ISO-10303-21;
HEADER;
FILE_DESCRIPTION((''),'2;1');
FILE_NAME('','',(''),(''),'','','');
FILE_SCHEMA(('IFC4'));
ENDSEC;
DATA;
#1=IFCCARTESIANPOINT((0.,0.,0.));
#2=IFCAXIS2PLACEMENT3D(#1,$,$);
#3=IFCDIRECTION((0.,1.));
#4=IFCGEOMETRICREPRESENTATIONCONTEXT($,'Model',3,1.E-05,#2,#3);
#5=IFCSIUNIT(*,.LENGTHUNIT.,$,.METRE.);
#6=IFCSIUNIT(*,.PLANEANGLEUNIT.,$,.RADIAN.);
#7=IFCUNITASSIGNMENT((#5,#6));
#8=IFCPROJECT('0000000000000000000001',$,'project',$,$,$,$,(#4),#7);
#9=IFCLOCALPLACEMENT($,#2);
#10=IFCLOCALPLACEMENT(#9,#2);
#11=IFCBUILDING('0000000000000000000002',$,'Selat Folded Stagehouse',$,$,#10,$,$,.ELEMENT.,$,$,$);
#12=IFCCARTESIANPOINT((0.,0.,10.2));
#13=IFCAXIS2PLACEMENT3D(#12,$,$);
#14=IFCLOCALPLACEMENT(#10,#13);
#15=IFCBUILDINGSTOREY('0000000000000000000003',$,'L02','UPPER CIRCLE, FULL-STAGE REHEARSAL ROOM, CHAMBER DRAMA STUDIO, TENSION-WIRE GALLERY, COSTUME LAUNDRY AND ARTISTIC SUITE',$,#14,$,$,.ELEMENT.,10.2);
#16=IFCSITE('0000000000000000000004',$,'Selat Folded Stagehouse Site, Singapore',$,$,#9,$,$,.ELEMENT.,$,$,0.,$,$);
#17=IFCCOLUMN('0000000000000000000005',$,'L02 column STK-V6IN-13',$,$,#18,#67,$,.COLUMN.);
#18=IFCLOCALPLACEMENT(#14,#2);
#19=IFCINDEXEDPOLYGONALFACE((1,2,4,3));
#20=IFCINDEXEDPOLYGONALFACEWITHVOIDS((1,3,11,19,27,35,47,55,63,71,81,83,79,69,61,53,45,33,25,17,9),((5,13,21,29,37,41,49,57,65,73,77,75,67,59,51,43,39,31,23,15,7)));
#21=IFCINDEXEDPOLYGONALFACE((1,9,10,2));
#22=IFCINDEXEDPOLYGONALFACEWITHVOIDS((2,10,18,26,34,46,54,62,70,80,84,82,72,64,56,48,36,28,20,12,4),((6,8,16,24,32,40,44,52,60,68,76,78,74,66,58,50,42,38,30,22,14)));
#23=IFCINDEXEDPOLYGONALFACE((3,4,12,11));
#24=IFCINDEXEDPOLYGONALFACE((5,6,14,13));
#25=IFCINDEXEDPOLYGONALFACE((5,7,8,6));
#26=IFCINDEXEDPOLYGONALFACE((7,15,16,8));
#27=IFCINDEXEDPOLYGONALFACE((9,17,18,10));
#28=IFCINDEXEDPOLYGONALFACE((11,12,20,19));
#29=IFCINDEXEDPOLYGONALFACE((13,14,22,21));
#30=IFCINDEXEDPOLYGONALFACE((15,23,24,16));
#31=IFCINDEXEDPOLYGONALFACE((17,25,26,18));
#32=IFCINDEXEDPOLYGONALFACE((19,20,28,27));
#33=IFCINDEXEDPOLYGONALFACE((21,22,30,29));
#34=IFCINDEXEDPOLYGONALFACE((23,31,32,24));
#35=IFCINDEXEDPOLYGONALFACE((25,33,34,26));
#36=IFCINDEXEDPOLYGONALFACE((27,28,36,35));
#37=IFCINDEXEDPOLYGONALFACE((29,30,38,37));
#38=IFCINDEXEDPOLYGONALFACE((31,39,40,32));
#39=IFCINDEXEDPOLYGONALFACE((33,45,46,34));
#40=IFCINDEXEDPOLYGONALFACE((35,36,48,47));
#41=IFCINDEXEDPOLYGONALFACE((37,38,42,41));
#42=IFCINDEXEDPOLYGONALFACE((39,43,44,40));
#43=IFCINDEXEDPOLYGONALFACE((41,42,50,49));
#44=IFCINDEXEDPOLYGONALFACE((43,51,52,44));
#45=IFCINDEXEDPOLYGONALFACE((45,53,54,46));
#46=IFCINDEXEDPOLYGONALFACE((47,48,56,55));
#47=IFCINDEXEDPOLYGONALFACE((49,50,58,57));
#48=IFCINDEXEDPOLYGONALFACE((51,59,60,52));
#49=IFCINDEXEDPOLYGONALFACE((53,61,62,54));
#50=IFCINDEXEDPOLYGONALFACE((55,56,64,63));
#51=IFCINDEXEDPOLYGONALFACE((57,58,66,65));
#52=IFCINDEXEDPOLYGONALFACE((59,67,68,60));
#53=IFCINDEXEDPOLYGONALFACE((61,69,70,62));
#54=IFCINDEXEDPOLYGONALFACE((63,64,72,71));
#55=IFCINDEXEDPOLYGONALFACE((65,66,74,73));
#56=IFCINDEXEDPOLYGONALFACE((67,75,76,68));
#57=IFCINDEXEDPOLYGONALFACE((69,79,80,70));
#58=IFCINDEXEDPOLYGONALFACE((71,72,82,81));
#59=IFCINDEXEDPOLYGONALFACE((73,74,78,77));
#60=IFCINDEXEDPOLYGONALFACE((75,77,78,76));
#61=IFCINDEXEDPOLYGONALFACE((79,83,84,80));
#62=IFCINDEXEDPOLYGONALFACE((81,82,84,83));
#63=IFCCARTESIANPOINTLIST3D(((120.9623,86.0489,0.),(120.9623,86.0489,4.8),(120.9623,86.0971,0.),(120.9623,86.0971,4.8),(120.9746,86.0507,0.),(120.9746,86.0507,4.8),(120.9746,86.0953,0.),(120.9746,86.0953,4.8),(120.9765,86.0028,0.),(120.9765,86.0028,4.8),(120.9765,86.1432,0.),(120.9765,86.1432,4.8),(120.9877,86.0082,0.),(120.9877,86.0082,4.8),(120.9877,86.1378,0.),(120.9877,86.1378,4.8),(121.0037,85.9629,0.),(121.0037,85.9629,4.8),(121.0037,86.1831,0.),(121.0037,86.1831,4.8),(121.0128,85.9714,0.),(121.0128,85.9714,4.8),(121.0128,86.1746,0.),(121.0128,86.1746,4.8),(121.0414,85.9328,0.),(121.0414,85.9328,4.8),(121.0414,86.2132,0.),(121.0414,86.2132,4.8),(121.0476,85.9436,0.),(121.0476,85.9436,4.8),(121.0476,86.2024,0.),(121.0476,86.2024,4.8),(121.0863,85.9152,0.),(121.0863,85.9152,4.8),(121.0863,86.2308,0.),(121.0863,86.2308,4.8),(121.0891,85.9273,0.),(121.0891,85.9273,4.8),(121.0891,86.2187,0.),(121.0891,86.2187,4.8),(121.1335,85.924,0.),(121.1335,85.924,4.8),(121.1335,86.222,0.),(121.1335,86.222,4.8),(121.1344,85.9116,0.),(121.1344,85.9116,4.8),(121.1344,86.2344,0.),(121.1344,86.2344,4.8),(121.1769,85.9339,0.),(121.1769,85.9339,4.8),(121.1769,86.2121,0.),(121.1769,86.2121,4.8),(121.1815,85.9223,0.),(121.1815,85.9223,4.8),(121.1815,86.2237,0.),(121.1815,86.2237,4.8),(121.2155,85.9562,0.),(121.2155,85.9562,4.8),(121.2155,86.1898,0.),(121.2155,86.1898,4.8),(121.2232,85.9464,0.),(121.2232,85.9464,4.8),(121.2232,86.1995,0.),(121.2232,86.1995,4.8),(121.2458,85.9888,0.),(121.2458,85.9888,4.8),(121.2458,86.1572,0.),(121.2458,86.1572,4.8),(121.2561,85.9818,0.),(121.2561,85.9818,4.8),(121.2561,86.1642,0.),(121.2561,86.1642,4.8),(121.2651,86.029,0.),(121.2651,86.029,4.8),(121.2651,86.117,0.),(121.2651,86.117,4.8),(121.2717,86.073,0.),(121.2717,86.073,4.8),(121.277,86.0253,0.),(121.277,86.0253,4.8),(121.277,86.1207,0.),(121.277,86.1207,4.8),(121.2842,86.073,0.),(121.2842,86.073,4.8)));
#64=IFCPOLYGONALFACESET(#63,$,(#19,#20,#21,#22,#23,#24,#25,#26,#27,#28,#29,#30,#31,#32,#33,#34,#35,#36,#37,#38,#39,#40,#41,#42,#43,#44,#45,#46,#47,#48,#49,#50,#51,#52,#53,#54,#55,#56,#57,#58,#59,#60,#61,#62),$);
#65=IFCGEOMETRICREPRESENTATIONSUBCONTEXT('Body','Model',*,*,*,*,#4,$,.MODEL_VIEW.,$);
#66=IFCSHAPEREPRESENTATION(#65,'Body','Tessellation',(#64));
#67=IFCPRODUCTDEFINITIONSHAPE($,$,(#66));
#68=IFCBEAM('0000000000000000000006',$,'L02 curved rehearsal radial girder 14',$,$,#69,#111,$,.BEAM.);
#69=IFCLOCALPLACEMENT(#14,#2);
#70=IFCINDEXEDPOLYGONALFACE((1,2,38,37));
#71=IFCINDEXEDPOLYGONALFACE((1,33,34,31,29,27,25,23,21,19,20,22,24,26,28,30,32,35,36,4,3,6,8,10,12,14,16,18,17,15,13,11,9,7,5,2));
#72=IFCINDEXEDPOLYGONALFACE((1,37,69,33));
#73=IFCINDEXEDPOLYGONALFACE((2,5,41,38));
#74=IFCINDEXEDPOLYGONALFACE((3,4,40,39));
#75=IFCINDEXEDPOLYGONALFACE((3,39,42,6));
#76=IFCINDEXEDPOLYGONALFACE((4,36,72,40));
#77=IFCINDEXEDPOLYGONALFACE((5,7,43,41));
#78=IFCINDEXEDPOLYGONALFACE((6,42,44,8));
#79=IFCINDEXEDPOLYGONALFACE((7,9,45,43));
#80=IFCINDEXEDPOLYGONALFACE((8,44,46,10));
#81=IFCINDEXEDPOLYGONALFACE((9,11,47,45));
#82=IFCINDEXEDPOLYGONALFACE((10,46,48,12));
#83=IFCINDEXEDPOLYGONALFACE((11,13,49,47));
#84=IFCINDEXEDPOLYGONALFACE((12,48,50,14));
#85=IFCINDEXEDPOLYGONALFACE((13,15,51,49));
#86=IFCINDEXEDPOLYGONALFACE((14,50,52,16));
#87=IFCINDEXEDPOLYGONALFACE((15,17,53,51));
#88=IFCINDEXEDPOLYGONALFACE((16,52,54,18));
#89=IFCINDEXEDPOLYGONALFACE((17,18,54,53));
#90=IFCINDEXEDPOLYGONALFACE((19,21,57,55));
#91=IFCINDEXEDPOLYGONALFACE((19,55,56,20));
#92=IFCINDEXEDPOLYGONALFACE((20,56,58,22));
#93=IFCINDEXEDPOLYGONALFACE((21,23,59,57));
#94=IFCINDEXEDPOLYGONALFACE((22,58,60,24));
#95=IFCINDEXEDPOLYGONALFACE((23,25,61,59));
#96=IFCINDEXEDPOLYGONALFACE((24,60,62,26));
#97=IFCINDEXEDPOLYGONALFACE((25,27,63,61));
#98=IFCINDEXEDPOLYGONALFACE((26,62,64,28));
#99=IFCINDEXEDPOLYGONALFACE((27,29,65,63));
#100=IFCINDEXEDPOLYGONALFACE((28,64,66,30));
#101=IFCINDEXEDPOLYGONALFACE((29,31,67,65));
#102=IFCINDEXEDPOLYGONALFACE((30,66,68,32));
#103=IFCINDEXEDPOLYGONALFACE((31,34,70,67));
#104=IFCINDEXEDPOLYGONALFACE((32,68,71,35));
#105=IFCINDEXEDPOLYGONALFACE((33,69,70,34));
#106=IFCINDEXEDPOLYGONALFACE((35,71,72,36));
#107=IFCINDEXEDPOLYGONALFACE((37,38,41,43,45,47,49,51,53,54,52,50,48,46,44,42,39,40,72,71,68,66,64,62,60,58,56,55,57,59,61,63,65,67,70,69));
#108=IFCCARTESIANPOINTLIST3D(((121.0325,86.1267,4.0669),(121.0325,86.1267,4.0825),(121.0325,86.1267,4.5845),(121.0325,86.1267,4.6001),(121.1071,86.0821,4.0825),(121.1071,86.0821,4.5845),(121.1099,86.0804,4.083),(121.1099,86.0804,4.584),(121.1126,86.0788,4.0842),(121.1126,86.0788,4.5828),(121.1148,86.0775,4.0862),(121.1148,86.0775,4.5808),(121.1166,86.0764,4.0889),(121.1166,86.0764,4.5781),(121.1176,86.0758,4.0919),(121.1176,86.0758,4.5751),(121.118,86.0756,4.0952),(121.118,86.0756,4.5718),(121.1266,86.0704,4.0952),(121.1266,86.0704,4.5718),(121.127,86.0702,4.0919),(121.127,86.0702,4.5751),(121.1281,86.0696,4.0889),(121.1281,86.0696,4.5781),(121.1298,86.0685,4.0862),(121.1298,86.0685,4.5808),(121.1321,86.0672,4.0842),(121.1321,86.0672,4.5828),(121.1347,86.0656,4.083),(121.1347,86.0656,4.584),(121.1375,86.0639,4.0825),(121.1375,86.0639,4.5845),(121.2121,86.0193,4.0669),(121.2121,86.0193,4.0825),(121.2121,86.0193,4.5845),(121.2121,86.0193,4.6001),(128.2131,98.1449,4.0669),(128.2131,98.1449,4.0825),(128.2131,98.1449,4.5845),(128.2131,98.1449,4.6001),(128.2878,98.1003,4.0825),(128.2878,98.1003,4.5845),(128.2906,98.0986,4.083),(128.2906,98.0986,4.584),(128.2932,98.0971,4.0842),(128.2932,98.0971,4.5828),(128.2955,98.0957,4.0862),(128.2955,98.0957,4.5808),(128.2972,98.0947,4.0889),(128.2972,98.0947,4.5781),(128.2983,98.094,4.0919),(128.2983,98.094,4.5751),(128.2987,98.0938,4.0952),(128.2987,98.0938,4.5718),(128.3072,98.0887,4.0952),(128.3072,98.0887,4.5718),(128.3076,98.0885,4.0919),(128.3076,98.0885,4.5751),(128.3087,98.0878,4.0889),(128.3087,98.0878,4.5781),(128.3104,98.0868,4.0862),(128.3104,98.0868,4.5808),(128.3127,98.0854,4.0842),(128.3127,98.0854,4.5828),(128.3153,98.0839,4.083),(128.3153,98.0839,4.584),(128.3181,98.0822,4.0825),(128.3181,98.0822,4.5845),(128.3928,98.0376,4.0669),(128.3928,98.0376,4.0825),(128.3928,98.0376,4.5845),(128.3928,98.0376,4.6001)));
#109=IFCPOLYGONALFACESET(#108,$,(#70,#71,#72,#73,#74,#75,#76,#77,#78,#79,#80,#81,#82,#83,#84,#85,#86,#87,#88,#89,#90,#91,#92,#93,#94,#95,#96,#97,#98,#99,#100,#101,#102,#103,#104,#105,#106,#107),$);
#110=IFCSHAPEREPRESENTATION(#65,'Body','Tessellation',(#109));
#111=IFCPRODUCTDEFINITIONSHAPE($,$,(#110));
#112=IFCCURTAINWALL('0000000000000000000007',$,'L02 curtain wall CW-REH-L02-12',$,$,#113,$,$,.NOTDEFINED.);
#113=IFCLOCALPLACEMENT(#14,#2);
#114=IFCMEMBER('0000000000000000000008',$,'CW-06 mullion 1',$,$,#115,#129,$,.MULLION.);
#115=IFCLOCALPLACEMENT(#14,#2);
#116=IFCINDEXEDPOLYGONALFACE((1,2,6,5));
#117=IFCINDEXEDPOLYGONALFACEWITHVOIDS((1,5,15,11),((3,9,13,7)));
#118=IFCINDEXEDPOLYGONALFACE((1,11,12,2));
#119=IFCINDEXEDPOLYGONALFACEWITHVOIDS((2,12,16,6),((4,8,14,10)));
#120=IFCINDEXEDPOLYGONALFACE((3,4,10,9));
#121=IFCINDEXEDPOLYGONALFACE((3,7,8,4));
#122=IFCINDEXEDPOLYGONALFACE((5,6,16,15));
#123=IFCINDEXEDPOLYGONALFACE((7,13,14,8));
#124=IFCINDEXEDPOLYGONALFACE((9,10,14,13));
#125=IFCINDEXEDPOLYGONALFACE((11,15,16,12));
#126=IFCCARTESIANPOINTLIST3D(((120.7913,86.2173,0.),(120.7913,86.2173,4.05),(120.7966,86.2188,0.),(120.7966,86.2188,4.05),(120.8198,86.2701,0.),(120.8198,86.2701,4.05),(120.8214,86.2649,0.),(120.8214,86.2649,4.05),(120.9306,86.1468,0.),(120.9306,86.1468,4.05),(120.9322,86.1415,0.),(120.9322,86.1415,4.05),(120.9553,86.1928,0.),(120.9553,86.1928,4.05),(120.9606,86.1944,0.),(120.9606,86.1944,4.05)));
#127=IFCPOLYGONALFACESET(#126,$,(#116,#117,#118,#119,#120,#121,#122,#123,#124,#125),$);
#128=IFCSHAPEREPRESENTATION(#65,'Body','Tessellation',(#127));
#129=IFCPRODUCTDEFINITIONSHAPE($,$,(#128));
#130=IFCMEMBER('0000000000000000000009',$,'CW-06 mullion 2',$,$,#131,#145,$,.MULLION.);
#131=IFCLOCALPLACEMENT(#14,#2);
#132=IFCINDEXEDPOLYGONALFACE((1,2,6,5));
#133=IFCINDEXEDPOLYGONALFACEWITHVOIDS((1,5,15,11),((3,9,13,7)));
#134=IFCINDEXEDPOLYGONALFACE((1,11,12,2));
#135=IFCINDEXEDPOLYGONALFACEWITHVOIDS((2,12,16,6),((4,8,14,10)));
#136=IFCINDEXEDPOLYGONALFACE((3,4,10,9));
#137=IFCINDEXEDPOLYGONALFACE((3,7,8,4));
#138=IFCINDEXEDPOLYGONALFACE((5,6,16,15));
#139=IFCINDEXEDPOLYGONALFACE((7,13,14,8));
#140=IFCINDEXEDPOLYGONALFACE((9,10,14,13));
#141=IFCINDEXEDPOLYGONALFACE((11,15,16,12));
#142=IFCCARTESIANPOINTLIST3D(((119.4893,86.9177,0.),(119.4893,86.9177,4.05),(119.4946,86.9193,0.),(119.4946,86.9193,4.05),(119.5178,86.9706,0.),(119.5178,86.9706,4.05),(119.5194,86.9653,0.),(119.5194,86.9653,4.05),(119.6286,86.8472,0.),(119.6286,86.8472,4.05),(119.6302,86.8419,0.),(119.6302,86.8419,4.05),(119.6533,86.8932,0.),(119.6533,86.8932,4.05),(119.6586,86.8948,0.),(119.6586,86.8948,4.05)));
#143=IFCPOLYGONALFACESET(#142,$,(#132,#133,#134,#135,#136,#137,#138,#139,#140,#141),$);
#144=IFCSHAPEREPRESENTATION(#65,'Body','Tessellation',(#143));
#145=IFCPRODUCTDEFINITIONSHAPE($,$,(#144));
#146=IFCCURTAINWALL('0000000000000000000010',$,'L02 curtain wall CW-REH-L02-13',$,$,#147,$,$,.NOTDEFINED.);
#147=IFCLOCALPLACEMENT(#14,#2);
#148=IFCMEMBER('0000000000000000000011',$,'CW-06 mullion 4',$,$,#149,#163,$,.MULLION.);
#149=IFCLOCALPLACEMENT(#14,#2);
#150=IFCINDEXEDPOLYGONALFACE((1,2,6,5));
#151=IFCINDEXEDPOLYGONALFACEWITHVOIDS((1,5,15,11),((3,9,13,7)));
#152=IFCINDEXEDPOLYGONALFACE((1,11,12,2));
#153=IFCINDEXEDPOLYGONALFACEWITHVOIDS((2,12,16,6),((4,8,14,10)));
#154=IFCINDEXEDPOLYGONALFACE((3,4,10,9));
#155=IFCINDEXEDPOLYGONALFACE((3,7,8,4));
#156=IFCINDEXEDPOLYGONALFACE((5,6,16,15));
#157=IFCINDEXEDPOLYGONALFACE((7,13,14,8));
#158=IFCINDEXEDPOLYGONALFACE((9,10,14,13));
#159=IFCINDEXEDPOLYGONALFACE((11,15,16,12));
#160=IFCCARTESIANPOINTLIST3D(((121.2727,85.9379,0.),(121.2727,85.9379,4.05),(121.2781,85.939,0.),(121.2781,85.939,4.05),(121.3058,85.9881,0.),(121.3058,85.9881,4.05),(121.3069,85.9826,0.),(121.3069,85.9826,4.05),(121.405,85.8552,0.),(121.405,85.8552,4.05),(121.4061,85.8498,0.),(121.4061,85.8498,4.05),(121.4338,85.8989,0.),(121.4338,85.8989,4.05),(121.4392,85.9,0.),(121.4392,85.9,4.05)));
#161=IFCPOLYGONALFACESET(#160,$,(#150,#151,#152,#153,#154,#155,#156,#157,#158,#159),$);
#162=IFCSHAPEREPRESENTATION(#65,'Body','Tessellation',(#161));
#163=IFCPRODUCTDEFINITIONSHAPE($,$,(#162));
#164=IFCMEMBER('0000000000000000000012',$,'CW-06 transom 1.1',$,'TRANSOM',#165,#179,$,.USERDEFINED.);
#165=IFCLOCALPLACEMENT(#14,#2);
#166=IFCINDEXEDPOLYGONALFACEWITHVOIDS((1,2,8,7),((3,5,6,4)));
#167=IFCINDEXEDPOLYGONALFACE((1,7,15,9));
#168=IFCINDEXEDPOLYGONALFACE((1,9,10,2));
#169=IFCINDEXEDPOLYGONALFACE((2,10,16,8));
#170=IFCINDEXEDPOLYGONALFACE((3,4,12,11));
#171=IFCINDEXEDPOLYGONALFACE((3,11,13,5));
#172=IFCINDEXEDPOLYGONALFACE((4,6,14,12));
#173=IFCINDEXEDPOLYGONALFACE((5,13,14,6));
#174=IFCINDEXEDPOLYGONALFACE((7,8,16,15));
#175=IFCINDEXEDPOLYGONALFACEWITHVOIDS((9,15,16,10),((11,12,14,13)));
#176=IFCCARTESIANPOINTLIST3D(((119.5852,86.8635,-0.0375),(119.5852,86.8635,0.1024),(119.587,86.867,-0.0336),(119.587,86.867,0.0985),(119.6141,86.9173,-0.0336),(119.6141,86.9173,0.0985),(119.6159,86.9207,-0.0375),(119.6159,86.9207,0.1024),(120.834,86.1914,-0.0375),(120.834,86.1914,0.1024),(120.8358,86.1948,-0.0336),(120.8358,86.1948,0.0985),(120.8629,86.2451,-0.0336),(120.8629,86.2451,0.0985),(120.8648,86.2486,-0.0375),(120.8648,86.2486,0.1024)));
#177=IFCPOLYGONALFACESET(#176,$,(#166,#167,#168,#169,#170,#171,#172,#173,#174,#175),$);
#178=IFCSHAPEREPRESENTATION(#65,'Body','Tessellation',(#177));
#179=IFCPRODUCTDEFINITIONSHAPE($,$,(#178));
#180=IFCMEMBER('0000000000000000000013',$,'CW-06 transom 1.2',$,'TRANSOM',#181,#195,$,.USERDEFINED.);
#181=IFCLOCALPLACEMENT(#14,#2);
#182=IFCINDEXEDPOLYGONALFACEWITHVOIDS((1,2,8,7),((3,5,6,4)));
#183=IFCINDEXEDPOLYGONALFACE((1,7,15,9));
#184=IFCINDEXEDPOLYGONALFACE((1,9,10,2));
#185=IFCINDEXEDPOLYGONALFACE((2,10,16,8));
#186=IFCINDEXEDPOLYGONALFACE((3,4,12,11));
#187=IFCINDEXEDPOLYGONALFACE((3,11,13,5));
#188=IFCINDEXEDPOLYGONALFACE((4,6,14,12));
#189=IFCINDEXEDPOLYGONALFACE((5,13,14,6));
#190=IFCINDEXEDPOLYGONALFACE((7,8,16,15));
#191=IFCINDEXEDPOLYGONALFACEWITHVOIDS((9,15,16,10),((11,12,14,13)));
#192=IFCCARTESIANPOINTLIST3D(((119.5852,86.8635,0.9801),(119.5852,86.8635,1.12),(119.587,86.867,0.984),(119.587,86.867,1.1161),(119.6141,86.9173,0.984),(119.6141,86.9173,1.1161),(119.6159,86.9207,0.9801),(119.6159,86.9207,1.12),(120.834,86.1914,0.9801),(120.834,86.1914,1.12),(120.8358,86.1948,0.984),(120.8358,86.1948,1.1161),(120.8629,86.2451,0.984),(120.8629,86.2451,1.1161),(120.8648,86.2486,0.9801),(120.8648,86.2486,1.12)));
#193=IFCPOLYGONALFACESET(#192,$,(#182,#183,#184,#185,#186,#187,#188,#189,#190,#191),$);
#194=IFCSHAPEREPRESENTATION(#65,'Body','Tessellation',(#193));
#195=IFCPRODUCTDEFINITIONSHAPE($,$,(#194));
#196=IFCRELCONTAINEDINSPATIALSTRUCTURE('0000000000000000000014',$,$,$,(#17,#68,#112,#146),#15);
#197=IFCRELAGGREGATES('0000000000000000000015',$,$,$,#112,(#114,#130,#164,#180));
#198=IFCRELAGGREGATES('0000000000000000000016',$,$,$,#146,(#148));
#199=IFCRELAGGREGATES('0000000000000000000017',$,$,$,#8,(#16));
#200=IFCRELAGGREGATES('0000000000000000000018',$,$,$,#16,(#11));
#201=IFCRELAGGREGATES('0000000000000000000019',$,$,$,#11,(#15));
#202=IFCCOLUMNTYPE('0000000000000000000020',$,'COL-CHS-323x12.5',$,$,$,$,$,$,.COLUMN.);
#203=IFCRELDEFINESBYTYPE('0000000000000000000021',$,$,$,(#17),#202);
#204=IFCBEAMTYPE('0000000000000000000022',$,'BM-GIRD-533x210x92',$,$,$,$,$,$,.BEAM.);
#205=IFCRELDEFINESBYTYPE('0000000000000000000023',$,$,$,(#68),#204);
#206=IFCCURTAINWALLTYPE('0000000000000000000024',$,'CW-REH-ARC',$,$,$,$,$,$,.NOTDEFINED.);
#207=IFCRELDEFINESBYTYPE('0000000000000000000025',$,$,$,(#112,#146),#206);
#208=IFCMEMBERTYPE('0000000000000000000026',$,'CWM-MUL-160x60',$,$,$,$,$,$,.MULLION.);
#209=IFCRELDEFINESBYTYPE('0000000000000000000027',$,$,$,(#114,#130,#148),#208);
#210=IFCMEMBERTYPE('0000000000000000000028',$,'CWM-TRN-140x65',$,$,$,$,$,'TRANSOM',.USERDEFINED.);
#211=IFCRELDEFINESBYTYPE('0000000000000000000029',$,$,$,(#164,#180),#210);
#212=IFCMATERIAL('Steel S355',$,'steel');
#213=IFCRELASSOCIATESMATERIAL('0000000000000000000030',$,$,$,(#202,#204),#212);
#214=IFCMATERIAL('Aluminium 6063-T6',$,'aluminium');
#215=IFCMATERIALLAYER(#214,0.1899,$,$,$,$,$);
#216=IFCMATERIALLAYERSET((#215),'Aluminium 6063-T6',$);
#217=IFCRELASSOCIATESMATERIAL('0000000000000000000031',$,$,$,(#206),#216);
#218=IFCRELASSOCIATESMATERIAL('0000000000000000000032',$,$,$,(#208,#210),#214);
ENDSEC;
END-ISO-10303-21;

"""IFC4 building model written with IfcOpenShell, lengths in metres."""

from ifc_helpers import new_model, si_unit, direction, frame, origin, origin_2d, place, context, subcontext, project, spatial, hollow_rectangle, hollow_circle, i_section, extrude, material, layer, layer_set, material_profile, profile_set, type_object, element, aggregate, save


model = new_model("IFC4")

# Units and contexts
model_context = context("Model", 3, precision=1e-05, world=origin(), true_north=direction((0.0, 1.0)))
body_context = subcontext(model_context, "Body", "Model", "MODEL_VIEW")
ifc_project = project(units=[si_unit("LENGTHUNIT", "METRE"), si_unit("PLANEANGLEUNIT", "RADIAN")], contexts=[model_context])

# Site, building, storey
site_placement = place(None, origin())
site = spatial("IfcSite", under=ifc_project, at=site_placement, Name="Selat Folded Stagehouse Site, Singapore", CompositionType="ELEMENT", RefElevation=0.0)
building_placement = place(site_placement, origin())
building = spatial("IfcBuilding", under=site, at=building_placement, Name="Selat Folded Stagehouse", CompositionType="ELEMENT")
storey_placement = place(building_placement, frame((0.0, 0.0, 10.2)))
storey = spatial("IfcBuildingStorey", under=building, at=storey_placement, Name="L02", Description="UPPER CIRCLE, FULL-STAGE REHEARSAL ROOM, CHAMBER DRAMA STUDIO, TENSION-WIRE GALLERY, COSTUME LAUNDRY AND ARTISTIC SUITE", CompositionType="ELEMENT", Elevation=10.2)

# Column
ifc_material_1 = material(Name="Steel S355", Category="steel")
ifc_material_profile_1 = material_profile(ifc_material_1, hollow_circle(Radius=0.1619, WallThickness=0.0125, at=origin_2d()), Name="CHS 323.9x12.5")
ifc_profile_set_1 = profile_set([ifc_material_profile_1], Name="Steel S355")
column_type = type_object("IfcColumnType", Name="COL-CHS-323x12.5", PredefinedType="COLUMN", material=ifc_profile_set_1)
column_placement = place(storey_placement, frame((121.1223, 86.073, 0.0), z_axis=(0.0, 0.0, 1.0), x_axis=(1.0, 0.0, 0.0)))
element("IfcColumn", 1, at=column_placement, inside=storey, type_object=column_type, Name="L02 column STK-V6IN-13", PredefinedType="COLUMN", context=body_context, shape_type="SweptSolid", body=[
    extrude(hollow_circle(Radius=0.1619, WallThickness=0.0125, at=origin_2d()), origin(), (0.0, 0.0, 1.0), 4.8),
])

# Beam
ifc_material_profile_2 = material_profile(ifc_material_1, i_section(OverallWidth=0.2092, OverallDepth=0.5332, WebThickness=0.01, FlangeThickness=0.0156, FilletRadius=0.0127, at=origin_2d()), Name="UKB 533x210x92")
ifc_profile_set_2 = profile_set([ifc_material_profile_2], Name="Steel S355")
beam_type_1 = type_object("IfcBeamType", Name="BM-GIRD-533x210x92", PredefinedType="BEAM", material=ifc_profile_set_2)
beam_1_placement = place(storey_placement, frame((121.1223, 86.073, 4.3335), z_axis=(0.512902, 0.858447, 0.0), x_axis=(-0.858447, 0.512902, 0.0)))
element("IfcBeam", 2, at=beam_1_placement, inside=storey, type_object=beam_type_1, Name="L02 curved rehearsal radial girder 14", PredefinedType="BEAM", context=body_context, shape_type="SweptSolid", body=[
    extrude(i_section(OverallWidth=0.2092, OverallDepth=0.5332, WebThickness=0.01, FlangeThickness=0.0156, FilletRadius=0.0127, at=origin_2d()), origin(), (0.0, 0.0, 1.0), 14.0),
])

# Curtain wall, members
ifc_material_2 = material(Name="Aluminium 6063-T6", Category="aluminium")
ifc_layer_1 = layer(ifc_material_2, 0.1899)
ifc_layer_set_1 = layer_set([ifc_layer_1], Name="Aluminium 6063-T6")
curtain_wall_type = type_object("IfcCurtainWallType", Name="CW-REH-ARC", PredefinedType="NOTDEFINED", material=ifc_layer_set_1)
curtain_wall_1_placement = place(storey_placement, origin())
curtain_wall_1 = element("IfcCurtainWall", 3, at=curtain_wall_1_placement, inside=storey, type_object=curtain_wall_type, Name="L02 curtain wall CW-REH-L02-12", PredefinedType="NOTDEFINED")
ifc_material_profile_3 = material_profile(ifc_material_2, hollow_rectangle(XDim=0.0601, YDim=0.1599, WallThickness=0.0039, at=origin_2d()), Name="ALU 160x60x4.0")
ifc_profile_set_3 = profile_set([ifc_material_profile_3], Name="Aluminium 6063-T6")
member_type_1 = type_object("IfcMemberType", Name="CWM-MUL-160x60", PredefinedType="MULLION", material=ifc_profile_set_3)
member_1_placement = place(storey_placement, frame((120.876, 86.2058, 0.0), z_axis=(0.0, 0.0, 1.0), x_axis=(-0.473859, -0.880601, 0.0)))
member_1 = element("IfcMember", 4, at=member_1_placement, type_object=member_type_1, Name="CW-06 mullion 1", PredefinedType="MULLION", context=body_context, shape_type="SweptSolid", body=[
    extrude(hollow_rectangle(XDim=0.0601, YDim=0.1599, WallThickness=0.0039, at=origin_2d()), origin(), (0.0, 0.0, 1.0), 4.05),
])
member_2_placement = place(storey_placement, frame((119.574, 86.9062, 0.0), z_axis=(0.0, 0.0, 1.0), x_axis=(-0.473859, -0.880601, 0.0)))
member_2 = element("IfcMember", 5, at=member_2_placement, type_object=member_type_1, Name="CW-06 mullion 2", PredefinedType="MULLION", context=body_context, shape_type="SweptSolid", body=[
    extrude(hollow_rectangle(XDim=0.0601, YDim=0.1599, WallThickness=0.0039, at=origin_2d()), origin(), (0.0, 0.0, 1.0), 4.05),
])

# Curtain wall, member
curtain_wall_2_placement = place(storey_placement, origin())
curtain_wall_2 = element("IfcCurtainWall", 6, at=curtain_wall_2_placement, inside=storey, type_object=curtain_wall_type, Name="L02 curtain wall CW-REH-L02-13", PredefinedType="NOTDEFINED")
member_3_placement = place(storey_placement, frame((121.356, 85.9189, 0.0), z_axis=(0.0, 0.0, 1.0), x_axis=(-0.550885, -0.834581, 0.0)))
member_3 = element("IfcMember", 7, at=member_3_placement, type_object=member_type_1, Name="CW-06 mullion 4", PredefinedType="MULLION", context=body_context, shape_type="SweptSolid", body=[
    extrude(hollow_rectangle(XDim=0.0601, YDim=0.1599, WallThickness=0.0039, at=origin_2d()), origin(), (0.0, 0.0, 1.0), 4.05),
])

# Members
ifc_material_profile_4 = material_profile(ifc_material_2, hollow_rectangle(XDim=0.0649, YDim=0.1399, WallThickness=0.0039, at=origin_2d()), Name="ALU 140x65x4.0")
ifc_profile_set_4 = profile_set([ifc_material_profile_4], Name="Aluminium 6063-T6")
member_type_2 = type_object("IfcMemberType", Name="CWM-TRN-140x65", ElementType="TRANSOM", PredefinedType="USERDEFINED", material=ifc_profile_set_4)
member_4_placement = place(storey_placement, frame((120.8494, 86.22, 0.0325), z_axis=(-0.88056, 0.473936, 0.0), x_axis=(-0.473936, -0.88056, 0.0)))
member_4 = element("IfcMember", 8, at=member_4_placement, type_object=member_type_2, Name="CW-06 transom 1.1", ObjectType="TRANSOM", PredefinedType="USERDEFINED", context=body_context, shape_type="SweptSolid", body=[
    extrude(hollow_rectangle(XDim=0.0649, YDim=0.1399, WallThickness=0.0039, at=origin_2d()), origin(), (0.0, 0.0, 1.0), 1.4182),
])
member_5_placement = place(storey_placement, frame((120.8494, 86.22, 1.05), z_axis=(-0.88056, 0.473936, 0.0), x_axis=(-0.473936, -0.88056, 0.0)))
member_5 = element("IfcMember", 9, at=member_5_placement, type_object=member_type_2, Name="CW-06 transom 1.2", ObjectType="TRANSOM", PredefinedType="USERDEFINED", context=body_context, shape_type="SweptSolid", body=[
    extrude(hollow_rectangle(XDim=0.0649, YDim=0.1399, WallThickness=0.0039, at=origin_2d()), origin(), (0.0, 0.0, 1.0), 1.4182),
])

aggregate(curtain_wall_1, [member_1, member_2, member_4, member_5])
aggregate(curtain_wall_2, [member_3])

save(model, "model.ifc")
